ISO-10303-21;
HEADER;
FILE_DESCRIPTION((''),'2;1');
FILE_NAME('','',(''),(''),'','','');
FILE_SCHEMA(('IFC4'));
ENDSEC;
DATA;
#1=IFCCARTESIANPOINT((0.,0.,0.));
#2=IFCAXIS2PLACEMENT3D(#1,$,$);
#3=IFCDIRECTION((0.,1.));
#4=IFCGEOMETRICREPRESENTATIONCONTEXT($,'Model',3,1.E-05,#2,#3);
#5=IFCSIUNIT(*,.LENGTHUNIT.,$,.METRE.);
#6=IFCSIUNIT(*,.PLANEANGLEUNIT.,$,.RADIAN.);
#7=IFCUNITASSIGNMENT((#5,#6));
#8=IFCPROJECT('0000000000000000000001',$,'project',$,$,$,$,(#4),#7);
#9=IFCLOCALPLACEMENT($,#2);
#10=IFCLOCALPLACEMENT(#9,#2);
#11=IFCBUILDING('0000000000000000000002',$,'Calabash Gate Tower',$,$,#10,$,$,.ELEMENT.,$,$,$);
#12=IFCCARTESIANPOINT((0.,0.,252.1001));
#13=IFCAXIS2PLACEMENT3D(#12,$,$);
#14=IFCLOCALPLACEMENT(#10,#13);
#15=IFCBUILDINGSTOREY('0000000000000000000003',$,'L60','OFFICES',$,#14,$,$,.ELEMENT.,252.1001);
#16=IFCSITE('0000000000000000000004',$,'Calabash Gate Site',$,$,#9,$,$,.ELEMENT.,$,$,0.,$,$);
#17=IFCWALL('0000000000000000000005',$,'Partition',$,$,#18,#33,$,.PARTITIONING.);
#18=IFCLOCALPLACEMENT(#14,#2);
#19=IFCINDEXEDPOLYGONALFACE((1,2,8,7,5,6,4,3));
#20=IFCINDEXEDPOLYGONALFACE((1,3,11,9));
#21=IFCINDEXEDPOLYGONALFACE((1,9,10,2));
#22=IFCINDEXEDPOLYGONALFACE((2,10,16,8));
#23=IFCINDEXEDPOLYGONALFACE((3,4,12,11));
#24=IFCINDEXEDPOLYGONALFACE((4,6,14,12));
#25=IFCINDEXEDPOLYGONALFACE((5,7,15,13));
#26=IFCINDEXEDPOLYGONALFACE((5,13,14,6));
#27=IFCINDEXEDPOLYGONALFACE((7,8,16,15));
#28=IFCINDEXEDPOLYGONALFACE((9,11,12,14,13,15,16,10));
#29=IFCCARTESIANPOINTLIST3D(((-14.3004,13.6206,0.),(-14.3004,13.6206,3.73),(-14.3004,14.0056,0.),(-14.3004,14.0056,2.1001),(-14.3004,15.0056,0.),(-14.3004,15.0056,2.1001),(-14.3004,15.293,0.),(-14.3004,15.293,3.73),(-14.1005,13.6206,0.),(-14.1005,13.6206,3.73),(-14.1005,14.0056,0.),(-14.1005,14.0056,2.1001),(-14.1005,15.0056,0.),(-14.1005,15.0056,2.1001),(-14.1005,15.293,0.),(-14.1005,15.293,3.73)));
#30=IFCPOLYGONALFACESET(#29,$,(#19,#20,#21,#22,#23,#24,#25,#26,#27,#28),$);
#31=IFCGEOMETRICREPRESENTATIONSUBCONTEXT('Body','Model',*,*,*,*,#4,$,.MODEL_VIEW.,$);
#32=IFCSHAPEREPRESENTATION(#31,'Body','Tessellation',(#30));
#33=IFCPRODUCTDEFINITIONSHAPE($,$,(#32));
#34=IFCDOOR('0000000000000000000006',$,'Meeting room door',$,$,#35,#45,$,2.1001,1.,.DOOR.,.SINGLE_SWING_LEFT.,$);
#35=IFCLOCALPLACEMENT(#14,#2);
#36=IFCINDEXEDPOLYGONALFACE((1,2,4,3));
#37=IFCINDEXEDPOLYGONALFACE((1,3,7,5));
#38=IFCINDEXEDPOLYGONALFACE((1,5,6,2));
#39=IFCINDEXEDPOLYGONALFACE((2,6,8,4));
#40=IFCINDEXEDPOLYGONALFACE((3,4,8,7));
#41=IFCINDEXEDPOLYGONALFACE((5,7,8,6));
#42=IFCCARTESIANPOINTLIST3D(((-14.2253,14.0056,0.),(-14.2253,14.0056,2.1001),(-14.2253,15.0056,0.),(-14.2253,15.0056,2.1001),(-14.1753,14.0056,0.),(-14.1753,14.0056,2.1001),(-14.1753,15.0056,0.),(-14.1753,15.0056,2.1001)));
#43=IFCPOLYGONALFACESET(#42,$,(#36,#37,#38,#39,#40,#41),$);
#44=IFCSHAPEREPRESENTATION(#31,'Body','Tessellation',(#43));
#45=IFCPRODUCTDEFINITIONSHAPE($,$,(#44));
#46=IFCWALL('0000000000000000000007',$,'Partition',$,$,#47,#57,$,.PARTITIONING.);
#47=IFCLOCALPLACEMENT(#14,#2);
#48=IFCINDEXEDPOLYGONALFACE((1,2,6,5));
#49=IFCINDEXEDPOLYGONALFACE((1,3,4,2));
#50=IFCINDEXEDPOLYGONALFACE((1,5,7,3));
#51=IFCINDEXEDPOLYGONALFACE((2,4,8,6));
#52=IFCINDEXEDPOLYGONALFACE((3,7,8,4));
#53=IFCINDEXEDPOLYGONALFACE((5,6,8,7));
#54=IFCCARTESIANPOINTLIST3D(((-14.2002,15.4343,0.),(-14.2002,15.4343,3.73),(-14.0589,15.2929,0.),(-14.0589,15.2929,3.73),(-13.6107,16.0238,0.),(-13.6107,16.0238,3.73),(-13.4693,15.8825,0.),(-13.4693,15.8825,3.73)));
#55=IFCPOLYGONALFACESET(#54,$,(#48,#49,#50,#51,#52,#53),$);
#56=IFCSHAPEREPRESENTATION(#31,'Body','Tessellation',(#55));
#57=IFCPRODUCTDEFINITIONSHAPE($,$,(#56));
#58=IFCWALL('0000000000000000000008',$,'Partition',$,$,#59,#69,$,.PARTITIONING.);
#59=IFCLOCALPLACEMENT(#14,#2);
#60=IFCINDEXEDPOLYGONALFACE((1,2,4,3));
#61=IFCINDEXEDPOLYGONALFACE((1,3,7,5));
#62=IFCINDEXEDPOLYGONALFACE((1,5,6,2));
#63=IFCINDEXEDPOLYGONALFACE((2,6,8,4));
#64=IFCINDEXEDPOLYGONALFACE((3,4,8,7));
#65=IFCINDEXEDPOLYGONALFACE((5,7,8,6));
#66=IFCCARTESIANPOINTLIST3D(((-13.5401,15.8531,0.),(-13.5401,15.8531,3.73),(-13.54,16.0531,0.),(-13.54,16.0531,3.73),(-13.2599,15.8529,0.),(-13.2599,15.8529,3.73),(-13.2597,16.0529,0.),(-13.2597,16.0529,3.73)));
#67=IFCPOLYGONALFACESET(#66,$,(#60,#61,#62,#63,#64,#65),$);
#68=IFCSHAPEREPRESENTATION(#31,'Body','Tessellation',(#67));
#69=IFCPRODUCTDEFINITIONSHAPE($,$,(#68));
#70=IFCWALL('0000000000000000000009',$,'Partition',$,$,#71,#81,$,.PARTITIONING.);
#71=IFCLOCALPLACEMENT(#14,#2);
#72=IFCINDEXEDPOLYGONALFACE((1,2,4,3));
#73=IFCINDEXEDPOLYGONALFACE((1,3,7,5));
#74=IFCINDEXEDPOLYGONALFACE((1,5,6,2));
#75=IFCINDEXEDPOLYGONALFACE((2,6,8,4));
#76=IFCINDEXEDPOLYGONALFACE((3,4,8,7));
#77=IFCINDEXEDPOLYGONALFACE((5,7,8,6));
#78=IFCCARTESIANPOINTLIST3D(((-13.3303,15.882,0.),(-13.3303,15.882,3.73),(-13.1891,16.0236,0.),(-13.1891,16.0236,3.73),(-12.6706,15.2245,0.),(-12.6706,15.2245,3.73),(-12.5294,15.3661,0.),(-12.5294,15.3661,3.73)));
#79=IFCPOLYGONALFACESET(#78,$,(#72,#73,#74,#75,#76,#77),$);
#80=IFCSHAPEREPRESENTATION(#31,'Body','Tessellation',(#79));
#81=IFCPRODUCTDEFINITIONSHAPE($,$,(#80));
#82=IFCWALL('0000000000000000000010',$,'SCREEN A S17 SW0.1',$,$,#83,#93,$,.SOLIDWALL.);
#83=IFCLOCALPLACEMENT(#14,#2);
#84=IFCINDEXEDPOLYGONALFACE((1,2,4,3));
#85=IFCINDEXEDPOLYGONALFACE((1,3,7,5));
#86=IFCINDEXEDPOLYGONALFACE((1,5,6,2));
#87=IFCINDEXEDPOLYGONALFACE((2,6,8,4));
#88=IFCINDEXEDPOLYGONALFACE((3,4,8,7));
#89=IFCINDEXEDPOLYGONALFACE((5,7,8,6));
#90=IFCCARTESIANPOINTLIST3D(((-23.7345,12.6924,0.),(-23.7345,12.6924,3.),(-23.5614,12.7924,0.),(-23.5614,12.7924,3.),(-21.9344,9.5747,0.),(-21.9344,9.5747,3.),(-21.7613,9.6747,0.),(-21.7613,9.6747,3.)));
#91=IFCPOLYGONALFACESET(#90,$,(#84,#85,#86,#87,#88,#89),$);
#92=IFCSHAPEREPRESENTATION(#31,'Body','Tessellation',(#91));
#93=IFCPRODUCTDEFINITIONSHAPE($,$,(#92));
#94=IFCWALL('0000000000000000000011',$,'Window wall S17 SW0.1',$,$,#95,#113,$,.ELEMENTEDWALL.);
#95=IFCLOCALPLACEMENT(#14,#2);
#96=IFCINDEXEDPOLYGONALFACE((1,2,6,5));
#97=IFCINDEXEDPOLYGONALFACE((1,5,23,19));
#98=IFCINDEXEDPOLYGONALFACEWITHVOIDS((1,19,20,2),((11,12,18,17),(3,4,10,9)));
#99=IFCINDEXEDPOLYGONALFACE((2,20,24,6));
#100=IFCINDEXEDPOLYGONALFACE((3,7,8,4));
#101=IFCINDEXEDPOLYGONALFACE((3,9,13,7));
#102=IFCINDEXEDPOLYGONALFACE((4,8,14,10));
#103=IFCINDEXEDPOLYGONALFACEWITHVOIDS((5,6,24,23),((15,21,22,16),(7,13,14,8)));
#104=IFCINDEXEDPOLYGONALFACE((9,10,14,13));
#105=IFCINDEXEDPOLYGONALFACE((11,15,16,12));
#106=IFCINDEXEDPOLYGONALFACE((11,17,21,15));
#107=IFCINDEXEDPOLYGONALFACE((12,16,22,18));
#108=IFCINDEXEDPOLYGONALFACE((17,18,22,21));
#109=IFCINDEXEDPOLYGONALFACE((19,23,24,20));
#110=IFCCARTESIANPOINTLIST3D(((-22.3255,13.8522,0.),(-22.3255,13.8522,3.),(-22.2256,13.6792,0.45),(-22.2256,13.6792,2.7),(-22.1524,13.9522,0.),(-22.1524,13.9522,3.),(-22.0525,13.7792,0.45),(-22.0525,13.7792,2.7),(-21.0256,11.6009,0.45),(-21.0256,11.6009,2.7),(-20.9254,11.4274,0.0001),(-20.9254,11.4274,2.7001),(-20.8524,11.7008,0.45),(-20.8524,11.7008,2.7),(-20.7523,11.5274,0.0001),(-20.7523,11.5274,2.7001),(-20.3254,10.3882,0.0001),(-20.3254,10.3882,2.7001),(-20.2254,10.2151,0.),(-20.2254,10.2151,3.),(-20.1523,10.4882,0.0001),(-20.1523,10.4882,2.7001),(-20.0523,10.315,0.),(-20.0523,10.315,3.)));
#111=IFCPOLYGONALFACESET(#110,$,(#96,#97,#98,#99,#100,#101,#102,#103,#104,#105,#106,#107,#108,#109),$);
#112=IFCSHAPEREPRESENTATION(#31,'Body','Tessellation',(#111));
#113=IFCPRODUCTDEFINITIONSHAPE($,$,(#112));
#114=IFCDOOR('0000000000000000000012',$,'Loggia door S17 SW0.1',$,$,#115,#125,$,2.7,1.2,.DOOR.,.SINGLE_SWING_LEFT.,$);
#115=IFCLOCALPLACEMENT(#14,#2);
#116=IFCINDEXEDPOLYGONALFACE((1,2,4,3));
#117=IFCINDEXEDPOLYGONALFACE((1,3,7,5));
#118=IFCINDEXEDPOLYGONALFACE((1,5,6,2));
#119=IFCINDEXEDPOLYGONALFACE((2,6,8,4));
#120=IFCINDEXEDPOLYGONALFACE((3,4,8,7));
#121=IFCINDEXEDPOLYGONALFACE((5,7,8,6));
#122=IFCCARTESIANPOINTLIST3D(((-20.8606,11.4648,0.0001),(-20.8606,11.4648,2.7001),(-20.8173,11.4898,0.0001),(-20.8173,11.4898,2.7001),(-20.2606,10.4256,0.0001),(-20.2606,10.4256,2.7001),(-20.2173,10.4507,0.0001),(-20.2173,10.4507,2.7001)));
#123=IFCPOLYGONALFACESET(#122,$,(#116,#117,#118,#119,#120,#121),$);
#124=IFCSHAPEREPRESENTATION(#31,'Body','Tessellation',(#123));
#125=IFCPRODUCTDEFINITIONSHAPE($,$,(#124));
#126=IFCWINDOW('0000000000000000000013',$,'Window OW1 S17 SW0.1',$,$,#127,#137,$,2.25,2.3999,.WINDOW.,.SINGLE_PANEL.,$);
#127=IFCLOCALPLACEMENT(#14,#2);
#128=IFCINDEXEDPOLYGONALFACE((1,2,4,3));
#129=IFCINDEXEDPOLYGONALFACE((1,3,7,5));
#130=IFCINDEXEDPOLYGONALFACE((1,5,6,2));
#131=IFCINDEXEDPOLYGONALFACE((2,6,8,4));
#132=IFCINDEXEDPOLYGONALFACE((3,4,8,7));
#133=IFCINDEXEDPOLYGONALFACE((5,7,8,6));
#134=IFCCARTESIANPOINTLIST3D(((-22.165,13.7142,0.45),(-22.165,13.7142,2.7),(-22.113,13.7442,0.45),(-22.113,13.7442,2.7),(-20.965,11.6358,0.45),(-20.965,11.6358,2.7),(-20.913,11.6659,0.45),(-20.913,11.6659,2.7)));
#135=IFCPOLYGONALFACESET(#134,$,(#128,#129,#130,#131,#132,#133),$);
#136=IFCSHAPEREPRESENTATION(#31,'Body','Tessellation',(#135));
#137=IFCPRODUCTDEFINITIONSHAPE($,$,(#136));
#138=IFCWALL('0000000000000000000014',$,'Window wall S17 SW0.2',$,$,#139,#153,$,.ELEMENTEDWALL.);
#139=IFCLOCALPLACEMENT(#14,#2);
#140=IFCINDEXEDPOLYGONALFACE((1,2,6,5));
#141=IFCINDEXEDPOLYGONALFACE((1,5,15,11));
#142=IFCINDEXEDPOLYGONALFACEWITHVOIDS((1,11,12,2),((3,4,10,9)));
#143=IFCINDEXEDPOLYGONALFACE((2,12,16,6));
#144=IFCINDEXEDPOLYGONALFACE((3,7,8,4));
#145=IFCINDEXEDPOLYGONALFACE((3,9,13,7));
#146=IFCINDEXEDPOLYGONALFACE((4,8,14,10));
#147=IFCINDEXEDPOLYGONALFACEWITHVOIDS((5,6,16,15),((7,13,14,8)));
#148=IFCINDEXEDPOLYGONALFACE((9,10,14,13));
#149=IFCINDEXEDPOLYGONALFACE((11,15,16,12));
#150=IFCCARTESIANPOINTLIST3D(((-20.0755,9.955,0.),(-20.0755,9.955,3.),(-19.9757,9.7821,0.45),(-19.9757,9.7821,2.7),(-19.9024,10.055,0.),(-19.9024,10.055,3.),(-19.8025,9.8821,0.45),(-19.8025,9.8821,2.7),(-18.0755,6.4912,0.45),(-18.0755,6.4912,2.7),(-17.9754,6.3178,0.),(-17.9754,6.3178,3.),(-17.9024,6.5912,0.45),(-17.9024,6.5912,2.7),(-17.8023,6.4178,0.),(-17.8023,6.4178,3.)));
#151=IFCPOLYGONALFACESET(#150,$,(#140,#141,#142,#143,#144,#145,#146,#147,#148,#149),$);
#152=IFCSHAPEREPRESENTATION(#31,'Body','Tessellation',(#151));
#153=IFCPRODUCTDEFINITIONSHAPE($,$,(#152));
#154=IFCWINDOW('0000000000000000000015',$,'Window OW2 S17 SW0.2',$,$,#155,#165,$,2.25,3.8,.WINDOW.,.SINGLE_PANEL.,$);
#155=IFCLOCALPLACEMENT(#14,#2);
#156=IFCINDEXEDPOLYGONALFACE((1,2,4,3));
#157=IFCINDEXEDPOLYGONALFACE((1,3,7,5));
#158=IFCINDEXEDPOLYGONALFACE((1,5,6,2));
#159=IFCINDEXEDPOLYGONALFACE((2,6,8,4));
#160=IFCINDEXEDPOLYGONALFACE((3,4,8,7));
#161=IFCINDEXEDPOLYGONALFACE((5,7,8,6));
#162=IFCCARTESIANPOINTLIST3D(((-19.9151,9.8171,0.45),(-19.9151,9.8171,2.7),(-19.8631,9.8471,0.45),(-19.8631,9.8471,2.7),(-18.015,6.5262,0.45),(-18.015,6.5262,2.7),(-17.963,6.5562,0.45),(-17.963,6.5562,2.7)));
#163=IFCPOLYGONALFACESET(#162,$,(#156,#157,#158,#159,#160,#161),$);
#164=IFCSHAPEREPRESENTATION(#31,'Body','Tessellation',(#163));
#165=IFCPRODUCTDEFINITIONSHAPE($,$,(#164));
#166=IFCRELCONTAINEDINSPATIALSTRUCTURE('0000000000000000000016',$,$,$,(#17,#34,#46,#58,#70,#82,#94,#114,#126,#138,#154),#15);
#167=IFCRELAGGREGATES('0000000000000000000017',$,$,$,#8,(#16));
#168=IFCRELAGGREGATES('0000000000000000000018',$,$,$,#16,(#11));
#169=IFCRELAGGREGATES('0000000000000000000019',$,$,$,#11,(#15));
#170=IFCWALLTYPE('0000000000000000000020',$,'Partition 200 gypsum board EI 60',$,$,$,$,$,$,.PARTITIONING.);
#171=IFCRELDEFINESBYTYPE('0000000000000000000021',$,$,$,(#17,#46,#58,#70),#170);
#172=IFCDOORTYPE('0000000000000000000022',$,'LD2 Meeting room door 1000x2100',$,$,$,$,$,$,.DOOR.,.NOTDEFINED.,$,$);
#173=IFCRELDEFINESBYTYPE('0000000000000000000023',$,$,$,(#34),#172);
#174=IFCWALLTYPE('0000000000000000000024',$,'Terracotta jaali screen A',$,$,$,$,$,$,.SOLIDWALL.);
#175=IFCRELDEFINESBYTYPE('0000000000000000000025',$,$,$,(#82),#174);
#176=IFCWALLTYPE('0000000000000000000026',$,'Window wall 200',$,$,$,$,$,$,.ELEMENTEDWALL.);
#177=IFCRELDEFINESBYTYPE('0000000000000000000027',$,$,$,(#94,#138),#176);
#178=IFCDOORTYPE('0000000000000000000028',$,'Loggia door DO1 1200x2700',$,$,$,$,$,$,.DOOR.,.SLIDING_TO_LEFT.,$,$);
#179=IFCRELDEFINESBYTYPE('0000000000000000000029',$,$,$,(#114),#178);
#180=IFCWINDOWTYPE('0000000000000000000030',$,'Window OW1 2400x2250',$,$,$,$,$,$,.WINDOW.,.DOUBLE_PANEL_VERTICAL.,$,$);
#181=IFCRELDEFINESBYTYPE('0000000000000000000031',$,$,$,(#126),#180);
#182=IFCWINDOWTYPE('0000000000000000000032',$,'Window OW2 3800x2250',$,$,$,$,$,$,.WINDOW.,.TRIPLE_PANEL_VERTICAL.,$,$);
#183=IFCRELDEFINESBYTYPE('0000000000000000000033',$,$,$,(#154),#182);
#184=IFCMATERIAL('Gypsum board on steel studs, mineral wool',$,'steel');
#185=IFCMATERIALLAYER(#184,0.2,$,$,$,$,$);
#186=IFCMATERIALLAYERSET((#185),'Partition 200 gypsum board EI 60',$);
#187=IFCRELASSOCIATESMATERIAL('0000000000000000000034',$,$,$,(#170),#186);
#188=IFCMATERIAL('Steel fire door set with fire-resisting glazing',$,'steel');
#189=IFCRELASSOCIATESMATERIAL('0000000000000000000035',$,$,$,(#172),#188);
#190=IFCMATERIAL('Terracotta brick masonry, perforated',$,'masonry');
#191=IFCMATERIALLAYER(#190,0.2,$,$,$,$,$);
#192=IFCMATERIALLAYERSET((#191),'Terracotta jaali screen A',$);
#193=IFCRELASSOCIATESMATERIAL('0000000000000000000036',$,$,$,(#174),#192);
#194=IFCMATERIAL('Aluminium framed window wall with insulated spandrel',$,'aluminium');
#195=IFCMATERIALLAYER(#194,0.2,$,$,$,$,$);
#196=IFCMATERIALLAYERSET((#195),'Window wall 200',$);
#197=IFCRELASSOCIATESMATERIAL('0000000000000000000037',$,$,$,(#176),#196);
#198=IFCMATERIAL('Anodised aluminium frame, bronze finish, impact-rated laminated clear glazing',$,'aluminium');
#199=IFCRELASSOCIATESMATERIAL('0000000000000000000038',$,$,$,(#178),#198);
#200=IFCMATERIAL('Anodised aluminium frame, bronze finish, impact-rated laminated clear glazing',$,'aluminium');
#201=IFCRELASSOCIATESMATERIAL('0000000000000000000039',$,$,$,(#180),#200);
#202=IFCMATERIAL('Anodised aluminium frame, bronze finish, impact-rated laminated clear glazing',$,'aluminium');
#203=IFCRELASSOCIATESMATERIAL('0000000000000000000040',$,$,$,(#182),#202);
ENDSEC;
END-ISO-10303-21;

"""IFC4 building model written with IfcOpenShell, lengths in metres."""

from ifc_helpers import new_model, si_unit, direction, frame, frame_2d, origin, place, context, subcontext, project, spatial, rectangle, extrude, material, layer, layer_set, type_object, element, fill, save


model = new_model("IFC4")

# Units and contexts
model_context = context("Model", 3, precision=1e-05, world=origin(), true_north=direction((0.0, 1.0)))
body_context = subcontext(model_context, "Body", "Model", "MODEL_VIEW")
ifc_project = project(units=[si_unit("LENGTHUNIT", "METRE"), si_unit("PLANEANGLEUNIT", "RADIAN")], contexts=[model_context])

# Site, building, storey
site_placement = place(None, origin())
site = spatial("IfcSite", under=ifc_project, at=site_placement, Name="Calabash Gate Site", CompositionType="ELEMENT", RefElevation=0.0)
building_placement = place(site_placement, origin())
building = spatial("IfcBuilding", under=site, at=building_placement, Name="Calabash Gate Tower", CompositionType="ELEMENT")
storey_placement = place(building_placement, frame((0.0, 0.0, 252.1001)))
storey = spatial("IfcBuildingStorey", under=building, at=storey_placement, Name="L60", Description="OFFICES", CompositionType="ELEMENT", Elevation=252.1001)

# Shared definitions
ifc_material_1 = material(Name="Gypsum board on steel studs, mineral wool", Category="steel")
ifc_layer_1 = layer(ifc_material_1, 0.2)
ifc_layer_set_1 = layer_set([ifc_layer_1], Name="Partition 200 gypsum board EI 60")
wall_type_1 = type_object("IfcWallType", Name="Partition 200 gypsum board EI 60", PredefinedType="PARTITIONING", material=ifc_layer_set_1)

# Wall, opening, door
wall_1_placement = place(storey_placement, frame((-14.2004, 13.6206, 0.0), z_axis=(0.0, 0.0, 1.0), x_axis=(0.0, 1.0, 0.0)))
wall_1 = element("IfcWall", 1, at=wall_1_placement, inside=storey, type_object=wall_type_1, Name="Partition", PredefinedType="PARTITIONING", context=body_context, shape_type="SweptSolid", body=[
    extrude(rectangle(XDim=1.6724, YDim=0.2, at=frame_2d((0.8362, 0.0))), origin(), (0.0, 0.0, 1.0), 3.73),
])
opening_1_placement = place(wall_1_placement, frame((0.385, 0.0, 0.0)))
opening_1 = element("IfcOpeningElement", 2, at=opening_1_placement, cuts=wall_1, PredefinedType="OPENING", context=body_context, shape_type="SweptSolid", body=[
    extrude(rectangle(XDim=1.0, YDim=2.1001, at=frame_2d((0.5, 1.05))), frame((0.0, 0.1099, 0.0), z_axis=(0.0, -1.0, 0.0), x_axis=(1.0, 0.0, 0.0)), (0.0, 0.0, 1.0), 0.22),
])
ifc_material_2 = material(Name="Steel fire door set with fire-resisting glazing", Category="steel")
door_type_1 = type_object("IfcDoorType", Name="LD2 Meeting room door 1000x2100", OperationType="NOTDEFINED", PredefinedType="DOOR", material=ifc_material_2)
door_1_placement = place(opening_1_placement, origin())
door_1 = element("IfcDoor", 3, at=door_1_placement, inside=storey, type_object=door_type_1, Name="Meeting room door", OperationType="SINGLE_SWING_LEFT", OverallHeight=2.1001, OverallWidth=1.0, PredefinedType="DOOR", context=body_context, shape_type="SweptSolid", body=[
    extrude(rectangle(XDim=1.0, YDim=2.1001, at=frame_2d((0.5, 1.05))), frame((0.0, 0.0249, 0.0), z_axis=(0.0, -1.0, 0.0), x_axis=(1.0, 0.0, 0.0)), (0.0, 0.0, 1.0), 0.05),
])
fill(opening_1, door_1)

# Walls
wall_2_placement = place(storey_placement, frame((-14.1296, 15.3635, 0.0), z_axis=(0.0, 0.0, 1.0), x_axis=(0.707107, 0.707107, 0.0)))
element("IfcWall", 4, at=wall_2_placement, inside=storey, type_object=wall_type_1, Name="Partition", PredefinedType="PARTITIONING", context=body_context, shape_type="SweptSolid", body=[
    extrude(rectangle(XDim=0.8337, YDim=0.2, at=frame_2d((0.417, 0.0))), origin(), (0.0, 0.0, 1.0), 3.73),
])
wall_3_placement = place(storey_placement, frame((-13.54, 15.9531, 0.0), z_axis=(0.0, 0.0, 1.0), x_axis=(1.0, -0.000871, 0.0)))
element("IfcWall", 5, at=wall_3_placement, inside=storey, type_object=wall_type_1, Name="Partition", PredefinedType="PARTITIONING", context=body_context, shape_type="SweptSolid", body=[
    extrude(rectangle(XDim=0.2803, YDim=0.2, at=frame_2d((0.1401, 0.0))), origin(), (0.0, 0.0, 1.0), 3.73),
])
wall_4_placement = place(storey_placement, frame((-13.2598, 15.9529, 0.0), z_axis=(0.0, 0.0, 1.0), x_axis=(0.708285, -0.705926, 0.0)))
element("IfcWall", 6, at=wall_4_placement, inside=storey, type_object=wall_type_1, Name="Partition", PredefinedType="PARTITIONING", context=body_context, shape_type="SweptSolid", body=[
    extrude(rectangle(XDim=0.9314, YDim=0.2, at=frame_2d((0.4658, 0.0))), origin(), (0.0, 0.0, 1.0), 3.73),
])
ifc_material_3 = material(Name="Terracotta brick masonry, perforated", Category="masonry")
ifc_layer_2 = layer(ifc_material_3, 0.2)
ifc_layer_set_2 = layer_set([ifc_layer_2], Name="Terracotta jaali screen A")
wall_type_2 = type_object("IfcWallType", Name="Terracotta jaali screen A", PredefinedType="SOLIDWALL", material=ifc_layer_set_2)
wall_5_placement = place(storey_placement, frame((-23.6479, 12.7424, 0.0), z_axis=(0.0, 0.0, 1.0), x_axis=(0.500012, -0.866018, 0.0)))
element("IfcWall", 7, at=wall_5_placement, inside=storey, type_object=wall_type_2, Name="SCREEN A S17 SW0.1", PredefinedType="SOLIDWALL", context=body_context, shape_type="SweptSolid", body=[
    extrude(rectangle(XDim=3.6001, YDim=0.2, at=frame_2d((1.8, 0.0))), origin(), (0.0, 0.0, 1.0), 3.0),
])

# Wall, openings, door, window
ifc_material_4 = material(Name="Aluminium framed window wall with insulated spandrel", Category="aluminium")
ifc_layer_3 = layer(ifc_material_4, 0.2)
ifc_layer_set_3 = layer_set([ifc_layer_3], Name="Window wall 200")
wall_type_3 = type_object("IfcWallType", Name="Window wall 200", PredefinedType="ELEMENTEDWALL", material=ifc_layer_set_3)
wall_6_placement = place(storey_placement, frame((-22.239, 13.9023, 0.0), z_axis=(0.0, 0.0, 1.0), x_axis=(0.500028, -0.866009, 0.0)))
wall_6 = element("IfcWall", 8, at=wall_6_placement, inside=storey, type_object=wall_type_3, Name="Window wall S17 SW0.1", PredefinedType="ELEMENTEDWALL", context=body_context, shape_type="SweptSolid", body=[
    extrude(rectangle(XDim=4.2, YDim=0.2, at=frame_2d((2.1001, 0.0))), origin(), (0.0, 0.0, 1.0), 3.0),
])
opening_2_placement = place(wall_6_placement, frame((0.2, 0.0, 0.45)))
opening_2 = element("IfcOpeningElement", 9, at=opening_2_placement, cuts=wall_6, PredefinedType="OPENING", context=body_context, shape_type="SweptSolid", body=[
    extrude(rectangle(XDim=2.3999, YDim=2.25, at=frame_2d((1.2, 1.125))), frame((0.0, 0.1099, 0.0), z_axis=(0.0, -1.0, 0.0), x_axis=(1.0, 0.0, 0.0)), (0.0, 0.0, 1.0), 0.22),
])
opening_3_placement = place(wall_6_placement, frame((2.8, 0.0, 0.0)))
opening_3 = element("IfcOpeningElement", 10, at=opening_3_placement, cuts=wall_6, PredefinedType="OPENING", context=body_context, shape_type="SweptSolid", body=[
    extrude(rectangle(XDim=1.2, YDim=2.7, at=frame_2d((0.6001, 1.3501))), frame((0.0, 0.1099, 0.0), z_axis=(0.0, -1.0, 0.0), x_axis=(1.0, 0.0, 0.0)), (0.0, 0.0, 1.0), 0.22),
])
ifc_material_5 = material(Name="Anodised aluminium frame, bronze finish, impact-rated laminated clear glazing", Category="aluminium")
door_type_2 = type_object("IfcDoorType", Name="Loggia door DO1 1200x2700", OperationType="SLIDING_TO_LEFT", PredefinedType="DOOR", material=ifc_material_5)
door_2_placement = place(opening_3_placement, origin())
door_2 = element("IfcDoor", 11, at=door_2_placement, inside=storey, type_object=door_type_2, Name="Loggia door S17 SW0.1", OperationType="SINGLE_SWING_LEFT", OverallHeight=2.7, OverallWidth=1.2, PredefinedType="DOOR", context=body_context, shape_type="SweptSolid", body=[
    extrude(rectangle(XDim=1.2, YDim=2.7, at=frame_2d((0.6001, 1.3501))), frame((0.0, 0.0249, 0.0), z_axis=(0.0, -1.0, 0.0), x_axis=(1.0, 0.0, 0.0)), (0.0, 0.0, 1.0), 0.05),
])
fill(opening_3, door_2)
ifc_material_6 = material(Name="Anodised aluminium frame, bronze finish, impact-rated laminated clear glazing", Category="aluminium")
window_type_1 = type_object("IfcWindowType", Name="Window OW1 2400x2250", PartitioningType="DOUBLE_PANEL_VERTICAL", PredefinedType="WINDOW", material=ifc_material_6)
window_1_placement = place(opening_2_placement, origin())
window_1 = element("IfcWindow", 12, at=window_1_placement, inside=storey, type_object=window_type_1, Name="Window OW1 S17 SW0.1", OverallHeight=2.25, OverallWidth=2.3999, PartitioningType="SINGLE_PANEL", PredefinedType="WINDOW", context=body_context, shape_type="SweptSolid", body=[
    extrude(rectangle(XDim=2.3999, YDim=2.25, at=frame_2d((1.2, 1.125))), frame((0.0, 0.03, 0.0), z_axis=(0.0, -1.0, 0.0), x_axis=(1.0, 0.0, 0.0)), (0.0, 0.0, 1.0), 0.0601),
])
fill(opening_2, window_1)

# Wall, opening, window
wall_7_placement = place(storey_placement, frame((-19.989, 10.0051, 0.0), z_axis=(0.0, 0.0, 1.0), x_axis=(0.500028, -0.866009, 0.0)))
wall_7 = element("IfcWall", 13, at=wall_7_placement, inside=storey, type_object=wall_type_3, Name="Window wall S17 SW0.2", PredefinedType="ELEMENTEDWALL", context=body_context, shape_type="SweptSolid", body=[
    extrude(rectangle(XDim=4.2, YDim=0.2, at=frame_2d((2.1001, 0.0))), origin(), (0.0, 0.0, 1.0), 3.0),
])
opening_4_placement = place(wall_7_placement, frame((0.2, 0.0, 0.45)))
opening_4 = element("IfcOpeningElement", 14, at=opening_4_placement, cuts=wall_7, PredefinedType="OPENING", context=body_context, shape_type="SweptSolid", body=[
    extrude(rectangle(XDim=3.8, YDim=2.25, at=frame_2d((1.8999, 1.125))), frame((0.0, 0.1099, 0.0), z_axis=(0.0, -1.0, 0.0), x_axis=(1.0, 0.0, 0.0)), (0.0, 0.0, 1.0), 0.22),
])
ifc_material_7 = material(Name="Anodised aluminium frame, bronze finish, impact-rated laminated clear glazing", Category="aluminium")
window_type_2 = type_object("IfcWindowType", Name="Window OW2 3800x2250", PartitioningType="TRIPLE_PANEL_VERTICAL", PredefinedType="WINDOW", material=ifc_material_7)
window_2_placement = place(opening_4_placement, origin())
window_2 = element("IfcWindow", 15, at=window_2_placement, inside=storey, type_object=window_type_2, Name="Window OW2 S17 SW0.2", OverallHeight=2.25, OverallWidth=3.8, PartitioningType="SINGLE_PANEL", PredefinedType="WINDOW", context=body_context, shape_type="SweptSolid", body=[
    extrude(rectangle(XDim=3.8, YDim=2.25, at=frame_2d((1.8999, 1.125))), frame((0.0, 0.03, 0.0), z_axis=(0.0, -1.0, 0.0), x_axis=(1.0, 0.0, 0.0)), (0.0, 0.0, 1.0), 0.0601),
])
fill(opening_4, window_2)

save(model, "model.ifc")
